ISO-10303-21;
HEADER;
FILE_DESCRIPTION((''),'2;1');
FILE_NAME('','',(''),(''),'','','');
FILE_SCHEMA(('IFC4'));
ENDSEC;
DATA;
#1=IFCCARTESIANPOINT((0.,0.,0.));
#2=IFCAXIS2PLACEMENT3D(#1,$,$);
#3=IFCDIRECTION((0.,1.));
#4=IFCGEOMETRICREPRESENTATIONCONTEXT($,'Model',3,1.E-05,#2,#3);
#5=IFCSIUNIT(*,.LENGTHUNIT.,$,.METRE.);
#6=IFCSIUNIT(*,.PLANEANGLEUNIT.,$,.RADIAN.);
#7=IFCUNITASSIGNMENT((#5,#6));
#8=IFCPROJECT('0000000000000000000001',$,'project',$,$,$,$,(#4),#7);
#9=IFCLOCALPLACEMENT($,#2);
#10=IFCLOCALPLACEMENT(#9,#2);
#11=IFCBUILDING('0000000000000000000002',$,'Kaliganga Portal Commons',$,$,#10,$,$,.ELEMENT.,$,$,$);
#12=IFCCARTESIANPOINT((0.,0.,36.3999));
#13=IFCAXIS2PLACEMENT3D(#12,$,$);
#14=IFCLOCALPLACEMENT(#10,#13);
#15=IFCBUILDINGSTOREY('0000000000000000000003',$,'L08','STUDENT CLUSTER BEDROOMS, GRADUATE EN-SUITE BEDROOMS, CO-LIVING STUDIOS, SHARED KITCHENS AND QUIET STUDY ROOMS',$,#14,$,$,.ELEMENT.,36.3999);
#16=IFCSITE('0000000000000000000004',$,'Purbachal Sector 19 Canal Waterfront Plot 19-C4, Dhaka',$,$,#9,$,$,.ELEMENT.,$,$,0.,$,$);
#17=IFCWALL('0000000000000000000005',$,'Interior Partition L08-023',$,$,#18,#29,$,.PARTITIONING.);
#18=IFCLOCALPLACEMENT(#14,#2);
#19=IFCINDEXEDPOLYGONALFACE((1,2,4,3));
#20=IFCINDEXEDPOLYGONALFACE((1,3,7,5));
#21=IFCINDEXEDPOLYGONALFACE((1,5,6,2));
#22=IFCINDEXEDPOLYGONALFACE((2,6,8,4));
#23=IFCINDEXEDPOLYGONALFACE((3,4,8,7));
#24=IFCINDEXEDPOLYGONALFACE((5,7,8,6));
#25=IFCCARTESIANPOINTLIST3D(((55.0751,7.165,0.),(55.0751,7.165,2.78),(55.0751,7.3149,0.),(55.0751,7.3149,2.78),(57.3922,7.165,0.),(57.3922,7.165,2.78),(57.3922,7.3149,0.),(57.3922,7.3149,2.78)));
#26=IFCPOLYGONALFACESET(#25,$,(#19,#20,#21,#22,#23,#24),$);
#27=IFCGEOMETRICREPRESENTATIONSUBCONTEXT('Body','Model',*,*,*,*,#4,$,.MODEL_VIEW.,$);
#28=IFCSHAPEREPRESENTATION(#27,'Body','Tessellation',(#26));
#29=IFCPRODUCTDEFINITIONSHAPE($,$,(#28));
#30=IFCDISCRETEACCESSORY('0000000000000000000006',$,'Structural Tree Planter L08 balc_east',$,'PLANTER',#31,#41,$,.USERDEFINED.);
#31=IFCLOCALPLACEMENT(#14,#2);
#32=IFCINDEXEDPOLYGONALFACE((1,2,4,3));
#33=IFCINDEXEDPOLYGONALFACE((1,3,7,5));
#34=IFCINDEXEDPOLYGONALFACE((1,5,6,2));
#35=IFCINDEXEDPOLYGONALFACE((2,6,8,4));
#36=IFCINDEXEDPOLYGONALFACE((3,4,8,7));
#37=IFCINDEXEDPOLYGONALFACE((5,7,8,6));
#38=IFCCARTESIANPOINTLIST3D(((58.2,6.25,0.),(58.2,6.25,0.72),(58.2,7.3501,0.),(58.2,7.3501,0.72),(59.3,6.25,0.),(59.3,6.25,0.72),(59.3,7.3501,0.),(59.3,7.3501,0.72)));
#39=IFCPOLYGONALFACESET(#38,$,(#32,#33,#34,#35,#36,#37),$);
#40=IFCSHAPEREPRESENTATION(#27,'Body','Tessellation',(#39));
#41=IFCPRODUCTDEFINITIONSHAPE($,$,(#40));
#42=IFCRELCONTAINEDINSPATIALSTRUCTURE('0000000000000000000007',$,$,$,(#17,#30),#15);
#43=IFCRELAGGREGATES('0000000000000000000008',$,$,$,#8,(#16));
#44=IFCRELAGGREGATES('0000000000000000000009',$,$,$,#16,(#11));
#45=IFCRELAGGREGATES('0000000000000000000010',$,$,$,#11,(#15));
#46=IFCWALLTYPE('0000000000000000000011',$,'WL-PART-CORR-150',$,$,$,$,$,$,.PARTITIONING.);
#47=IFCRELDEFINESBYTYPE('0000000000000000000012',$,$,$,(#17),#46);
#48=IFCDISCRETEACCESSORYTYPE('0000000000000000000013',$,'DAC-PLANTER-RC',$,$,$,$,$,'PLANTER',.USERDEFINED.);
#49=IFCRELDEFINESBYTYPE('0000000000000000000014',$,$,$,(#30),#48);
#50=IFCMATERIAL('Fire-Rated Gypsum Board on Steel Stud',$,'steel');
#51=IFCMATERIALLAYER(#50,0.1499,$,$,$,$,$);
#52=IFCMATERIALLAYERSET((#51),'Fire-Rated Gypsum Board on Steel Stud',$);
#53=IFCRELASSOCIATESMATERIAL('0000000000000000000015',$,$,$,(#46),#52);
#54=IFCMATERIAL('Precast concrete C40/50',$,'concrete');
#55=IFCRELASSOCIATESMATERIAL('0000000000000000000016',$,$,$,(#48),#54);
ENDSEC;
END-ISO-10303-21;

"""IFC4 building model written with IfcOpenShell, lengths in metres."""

from ifc_helpers import new_model, si_unit, direction, frame, frame_2d, origin, origin_2d, place, context, subcontext, project, spatial, rectangle, extrude, source, transform, mapped, material, layer, layer_set, type_object, element, save


model = new_model("IFC4")

# Units and contexts
model_context = context("Model", 3, precision=1e-05, world=origin(), true_north=direction((0.0, 1.0)))
body_context = subcontext(model_context, "Body", "Model", "MODEL_VIEW")
ifc_project = project(units=[si_unit("LENGTHUNIT", "METRE"), si_unit("PLANEANGLEUNIT", "RADIAN")], contexts=[model_context])

# Site, building, storey
site_placement = place(None, origin())
site = spatial("IfcSite", under=ifc_project, at=site_placement, Name="Purbachal Sector 19 Canal Waterfront Plot 19-C4, Dhaka", CompositionType="ELEMENT", RefElevation=0.0)
building_placement = place(site_placement, origin())
building = spatial("IfcBuilding", under=site, at=building_placement, Name="Kaliganga Portal Commons", CompositionType="ELEMENT")
storey_placement = place(building_placement, frame((0.0, 0.0, 36.3999)))
storey = spatial("IfcBuildingStorey", under=building, at=storey_placement, Name="L08", Description="STUDENT CLUSTER BEDROOMS, GRADUATE EN-SUITE BEDROOMS, CO-LIVING STUDIOS, SHARED KITCHENS AND QUIET STUDY ROOMS", CompositionType="ELEMENT", Elevation=36.3999)

# Shared definitions
ifc_material_1 = material(Name="Fire-Rated Gypsum Board on Steel Stud", Category="steel")
ifc_layer_1 = layer(ifc_material_1, 0.1499)
ifc_layer_set_1 = layer_set([ifc_layer_1], Name="Fire-Rated Gypsum Board on Steel Stud")
wall_type_1 = type_object("IfcWallType", Name="WL-PART-CORR-150", PredefinedType="PARTITIONING", material=ifc_layer_set_1)

# Wall
wall_1_placement = place(storey_placement, frame((55.075, 7.24, 0.0), z_axis=(0.0, 0.0, 1.0), x_axis=(1.0, 0.0, 0.0)))
element("IfcWall", 1, at=wall_1_placement, inside=storey, type_object=wall_type_1, Name="Interior Partition L08-023", PredefinedType="PARTITIONING", context=body_context, shape_type="SweptSolid", body=[
    extrude(rectangle(XDim=2.3171, YDim=0.1499, at=frame_2d((1.1587, 0.0))), origin(), (0.0, 0.0, 1.0), 2.78),
])

# Discrete accessory
ifc_material_2 = material(Name="Precast concrete C40/50", Category="concrete")
discrete_accessory_type = type_object("IfcDiscreteAccessoryType", Name="DAC-PLANTER-RC", ElementType="PLANTER", PredefinedType="USERDEFINED", material=ifc_material_2)
shared_shape_1 = source(origin(), body_context, "Body", "SweptSolid", [
    extrude(rectangle(XDim=1.1001, YDim=1.1001, at=origin_2d()), origin(), (0.0, 0.0, 1.0), 0.72),
])
discrete_accessory_placement = place(storey_placement, frame((58.75, 6.8, 0.0), z_axis=(0.0, 0.0, 1.0), x_axis=(1.0, 0.0, 0.0)))
element("IfcDiscreteAccessory", 2, at=discrete_accessory_placement, inside=storey, type_object=discrete_accessory_type, Name="Structural Tree Planter L08 balc_east", ObjectType="PLANTER", PredefinedType="USERDEFINED", context=body_context, shape_type="MappedRepresentation", body=[
    mapped(shared_shape_1, transform((0.0, 0.0, 0.0), x_axis=(1.0, 0.0, 0.0), y_axis=(0.0, 1.0, 0.0), z_axis=(0.0, 0.0, 1.0), scale=1.0)),
])

save(model, "model.ifc")
